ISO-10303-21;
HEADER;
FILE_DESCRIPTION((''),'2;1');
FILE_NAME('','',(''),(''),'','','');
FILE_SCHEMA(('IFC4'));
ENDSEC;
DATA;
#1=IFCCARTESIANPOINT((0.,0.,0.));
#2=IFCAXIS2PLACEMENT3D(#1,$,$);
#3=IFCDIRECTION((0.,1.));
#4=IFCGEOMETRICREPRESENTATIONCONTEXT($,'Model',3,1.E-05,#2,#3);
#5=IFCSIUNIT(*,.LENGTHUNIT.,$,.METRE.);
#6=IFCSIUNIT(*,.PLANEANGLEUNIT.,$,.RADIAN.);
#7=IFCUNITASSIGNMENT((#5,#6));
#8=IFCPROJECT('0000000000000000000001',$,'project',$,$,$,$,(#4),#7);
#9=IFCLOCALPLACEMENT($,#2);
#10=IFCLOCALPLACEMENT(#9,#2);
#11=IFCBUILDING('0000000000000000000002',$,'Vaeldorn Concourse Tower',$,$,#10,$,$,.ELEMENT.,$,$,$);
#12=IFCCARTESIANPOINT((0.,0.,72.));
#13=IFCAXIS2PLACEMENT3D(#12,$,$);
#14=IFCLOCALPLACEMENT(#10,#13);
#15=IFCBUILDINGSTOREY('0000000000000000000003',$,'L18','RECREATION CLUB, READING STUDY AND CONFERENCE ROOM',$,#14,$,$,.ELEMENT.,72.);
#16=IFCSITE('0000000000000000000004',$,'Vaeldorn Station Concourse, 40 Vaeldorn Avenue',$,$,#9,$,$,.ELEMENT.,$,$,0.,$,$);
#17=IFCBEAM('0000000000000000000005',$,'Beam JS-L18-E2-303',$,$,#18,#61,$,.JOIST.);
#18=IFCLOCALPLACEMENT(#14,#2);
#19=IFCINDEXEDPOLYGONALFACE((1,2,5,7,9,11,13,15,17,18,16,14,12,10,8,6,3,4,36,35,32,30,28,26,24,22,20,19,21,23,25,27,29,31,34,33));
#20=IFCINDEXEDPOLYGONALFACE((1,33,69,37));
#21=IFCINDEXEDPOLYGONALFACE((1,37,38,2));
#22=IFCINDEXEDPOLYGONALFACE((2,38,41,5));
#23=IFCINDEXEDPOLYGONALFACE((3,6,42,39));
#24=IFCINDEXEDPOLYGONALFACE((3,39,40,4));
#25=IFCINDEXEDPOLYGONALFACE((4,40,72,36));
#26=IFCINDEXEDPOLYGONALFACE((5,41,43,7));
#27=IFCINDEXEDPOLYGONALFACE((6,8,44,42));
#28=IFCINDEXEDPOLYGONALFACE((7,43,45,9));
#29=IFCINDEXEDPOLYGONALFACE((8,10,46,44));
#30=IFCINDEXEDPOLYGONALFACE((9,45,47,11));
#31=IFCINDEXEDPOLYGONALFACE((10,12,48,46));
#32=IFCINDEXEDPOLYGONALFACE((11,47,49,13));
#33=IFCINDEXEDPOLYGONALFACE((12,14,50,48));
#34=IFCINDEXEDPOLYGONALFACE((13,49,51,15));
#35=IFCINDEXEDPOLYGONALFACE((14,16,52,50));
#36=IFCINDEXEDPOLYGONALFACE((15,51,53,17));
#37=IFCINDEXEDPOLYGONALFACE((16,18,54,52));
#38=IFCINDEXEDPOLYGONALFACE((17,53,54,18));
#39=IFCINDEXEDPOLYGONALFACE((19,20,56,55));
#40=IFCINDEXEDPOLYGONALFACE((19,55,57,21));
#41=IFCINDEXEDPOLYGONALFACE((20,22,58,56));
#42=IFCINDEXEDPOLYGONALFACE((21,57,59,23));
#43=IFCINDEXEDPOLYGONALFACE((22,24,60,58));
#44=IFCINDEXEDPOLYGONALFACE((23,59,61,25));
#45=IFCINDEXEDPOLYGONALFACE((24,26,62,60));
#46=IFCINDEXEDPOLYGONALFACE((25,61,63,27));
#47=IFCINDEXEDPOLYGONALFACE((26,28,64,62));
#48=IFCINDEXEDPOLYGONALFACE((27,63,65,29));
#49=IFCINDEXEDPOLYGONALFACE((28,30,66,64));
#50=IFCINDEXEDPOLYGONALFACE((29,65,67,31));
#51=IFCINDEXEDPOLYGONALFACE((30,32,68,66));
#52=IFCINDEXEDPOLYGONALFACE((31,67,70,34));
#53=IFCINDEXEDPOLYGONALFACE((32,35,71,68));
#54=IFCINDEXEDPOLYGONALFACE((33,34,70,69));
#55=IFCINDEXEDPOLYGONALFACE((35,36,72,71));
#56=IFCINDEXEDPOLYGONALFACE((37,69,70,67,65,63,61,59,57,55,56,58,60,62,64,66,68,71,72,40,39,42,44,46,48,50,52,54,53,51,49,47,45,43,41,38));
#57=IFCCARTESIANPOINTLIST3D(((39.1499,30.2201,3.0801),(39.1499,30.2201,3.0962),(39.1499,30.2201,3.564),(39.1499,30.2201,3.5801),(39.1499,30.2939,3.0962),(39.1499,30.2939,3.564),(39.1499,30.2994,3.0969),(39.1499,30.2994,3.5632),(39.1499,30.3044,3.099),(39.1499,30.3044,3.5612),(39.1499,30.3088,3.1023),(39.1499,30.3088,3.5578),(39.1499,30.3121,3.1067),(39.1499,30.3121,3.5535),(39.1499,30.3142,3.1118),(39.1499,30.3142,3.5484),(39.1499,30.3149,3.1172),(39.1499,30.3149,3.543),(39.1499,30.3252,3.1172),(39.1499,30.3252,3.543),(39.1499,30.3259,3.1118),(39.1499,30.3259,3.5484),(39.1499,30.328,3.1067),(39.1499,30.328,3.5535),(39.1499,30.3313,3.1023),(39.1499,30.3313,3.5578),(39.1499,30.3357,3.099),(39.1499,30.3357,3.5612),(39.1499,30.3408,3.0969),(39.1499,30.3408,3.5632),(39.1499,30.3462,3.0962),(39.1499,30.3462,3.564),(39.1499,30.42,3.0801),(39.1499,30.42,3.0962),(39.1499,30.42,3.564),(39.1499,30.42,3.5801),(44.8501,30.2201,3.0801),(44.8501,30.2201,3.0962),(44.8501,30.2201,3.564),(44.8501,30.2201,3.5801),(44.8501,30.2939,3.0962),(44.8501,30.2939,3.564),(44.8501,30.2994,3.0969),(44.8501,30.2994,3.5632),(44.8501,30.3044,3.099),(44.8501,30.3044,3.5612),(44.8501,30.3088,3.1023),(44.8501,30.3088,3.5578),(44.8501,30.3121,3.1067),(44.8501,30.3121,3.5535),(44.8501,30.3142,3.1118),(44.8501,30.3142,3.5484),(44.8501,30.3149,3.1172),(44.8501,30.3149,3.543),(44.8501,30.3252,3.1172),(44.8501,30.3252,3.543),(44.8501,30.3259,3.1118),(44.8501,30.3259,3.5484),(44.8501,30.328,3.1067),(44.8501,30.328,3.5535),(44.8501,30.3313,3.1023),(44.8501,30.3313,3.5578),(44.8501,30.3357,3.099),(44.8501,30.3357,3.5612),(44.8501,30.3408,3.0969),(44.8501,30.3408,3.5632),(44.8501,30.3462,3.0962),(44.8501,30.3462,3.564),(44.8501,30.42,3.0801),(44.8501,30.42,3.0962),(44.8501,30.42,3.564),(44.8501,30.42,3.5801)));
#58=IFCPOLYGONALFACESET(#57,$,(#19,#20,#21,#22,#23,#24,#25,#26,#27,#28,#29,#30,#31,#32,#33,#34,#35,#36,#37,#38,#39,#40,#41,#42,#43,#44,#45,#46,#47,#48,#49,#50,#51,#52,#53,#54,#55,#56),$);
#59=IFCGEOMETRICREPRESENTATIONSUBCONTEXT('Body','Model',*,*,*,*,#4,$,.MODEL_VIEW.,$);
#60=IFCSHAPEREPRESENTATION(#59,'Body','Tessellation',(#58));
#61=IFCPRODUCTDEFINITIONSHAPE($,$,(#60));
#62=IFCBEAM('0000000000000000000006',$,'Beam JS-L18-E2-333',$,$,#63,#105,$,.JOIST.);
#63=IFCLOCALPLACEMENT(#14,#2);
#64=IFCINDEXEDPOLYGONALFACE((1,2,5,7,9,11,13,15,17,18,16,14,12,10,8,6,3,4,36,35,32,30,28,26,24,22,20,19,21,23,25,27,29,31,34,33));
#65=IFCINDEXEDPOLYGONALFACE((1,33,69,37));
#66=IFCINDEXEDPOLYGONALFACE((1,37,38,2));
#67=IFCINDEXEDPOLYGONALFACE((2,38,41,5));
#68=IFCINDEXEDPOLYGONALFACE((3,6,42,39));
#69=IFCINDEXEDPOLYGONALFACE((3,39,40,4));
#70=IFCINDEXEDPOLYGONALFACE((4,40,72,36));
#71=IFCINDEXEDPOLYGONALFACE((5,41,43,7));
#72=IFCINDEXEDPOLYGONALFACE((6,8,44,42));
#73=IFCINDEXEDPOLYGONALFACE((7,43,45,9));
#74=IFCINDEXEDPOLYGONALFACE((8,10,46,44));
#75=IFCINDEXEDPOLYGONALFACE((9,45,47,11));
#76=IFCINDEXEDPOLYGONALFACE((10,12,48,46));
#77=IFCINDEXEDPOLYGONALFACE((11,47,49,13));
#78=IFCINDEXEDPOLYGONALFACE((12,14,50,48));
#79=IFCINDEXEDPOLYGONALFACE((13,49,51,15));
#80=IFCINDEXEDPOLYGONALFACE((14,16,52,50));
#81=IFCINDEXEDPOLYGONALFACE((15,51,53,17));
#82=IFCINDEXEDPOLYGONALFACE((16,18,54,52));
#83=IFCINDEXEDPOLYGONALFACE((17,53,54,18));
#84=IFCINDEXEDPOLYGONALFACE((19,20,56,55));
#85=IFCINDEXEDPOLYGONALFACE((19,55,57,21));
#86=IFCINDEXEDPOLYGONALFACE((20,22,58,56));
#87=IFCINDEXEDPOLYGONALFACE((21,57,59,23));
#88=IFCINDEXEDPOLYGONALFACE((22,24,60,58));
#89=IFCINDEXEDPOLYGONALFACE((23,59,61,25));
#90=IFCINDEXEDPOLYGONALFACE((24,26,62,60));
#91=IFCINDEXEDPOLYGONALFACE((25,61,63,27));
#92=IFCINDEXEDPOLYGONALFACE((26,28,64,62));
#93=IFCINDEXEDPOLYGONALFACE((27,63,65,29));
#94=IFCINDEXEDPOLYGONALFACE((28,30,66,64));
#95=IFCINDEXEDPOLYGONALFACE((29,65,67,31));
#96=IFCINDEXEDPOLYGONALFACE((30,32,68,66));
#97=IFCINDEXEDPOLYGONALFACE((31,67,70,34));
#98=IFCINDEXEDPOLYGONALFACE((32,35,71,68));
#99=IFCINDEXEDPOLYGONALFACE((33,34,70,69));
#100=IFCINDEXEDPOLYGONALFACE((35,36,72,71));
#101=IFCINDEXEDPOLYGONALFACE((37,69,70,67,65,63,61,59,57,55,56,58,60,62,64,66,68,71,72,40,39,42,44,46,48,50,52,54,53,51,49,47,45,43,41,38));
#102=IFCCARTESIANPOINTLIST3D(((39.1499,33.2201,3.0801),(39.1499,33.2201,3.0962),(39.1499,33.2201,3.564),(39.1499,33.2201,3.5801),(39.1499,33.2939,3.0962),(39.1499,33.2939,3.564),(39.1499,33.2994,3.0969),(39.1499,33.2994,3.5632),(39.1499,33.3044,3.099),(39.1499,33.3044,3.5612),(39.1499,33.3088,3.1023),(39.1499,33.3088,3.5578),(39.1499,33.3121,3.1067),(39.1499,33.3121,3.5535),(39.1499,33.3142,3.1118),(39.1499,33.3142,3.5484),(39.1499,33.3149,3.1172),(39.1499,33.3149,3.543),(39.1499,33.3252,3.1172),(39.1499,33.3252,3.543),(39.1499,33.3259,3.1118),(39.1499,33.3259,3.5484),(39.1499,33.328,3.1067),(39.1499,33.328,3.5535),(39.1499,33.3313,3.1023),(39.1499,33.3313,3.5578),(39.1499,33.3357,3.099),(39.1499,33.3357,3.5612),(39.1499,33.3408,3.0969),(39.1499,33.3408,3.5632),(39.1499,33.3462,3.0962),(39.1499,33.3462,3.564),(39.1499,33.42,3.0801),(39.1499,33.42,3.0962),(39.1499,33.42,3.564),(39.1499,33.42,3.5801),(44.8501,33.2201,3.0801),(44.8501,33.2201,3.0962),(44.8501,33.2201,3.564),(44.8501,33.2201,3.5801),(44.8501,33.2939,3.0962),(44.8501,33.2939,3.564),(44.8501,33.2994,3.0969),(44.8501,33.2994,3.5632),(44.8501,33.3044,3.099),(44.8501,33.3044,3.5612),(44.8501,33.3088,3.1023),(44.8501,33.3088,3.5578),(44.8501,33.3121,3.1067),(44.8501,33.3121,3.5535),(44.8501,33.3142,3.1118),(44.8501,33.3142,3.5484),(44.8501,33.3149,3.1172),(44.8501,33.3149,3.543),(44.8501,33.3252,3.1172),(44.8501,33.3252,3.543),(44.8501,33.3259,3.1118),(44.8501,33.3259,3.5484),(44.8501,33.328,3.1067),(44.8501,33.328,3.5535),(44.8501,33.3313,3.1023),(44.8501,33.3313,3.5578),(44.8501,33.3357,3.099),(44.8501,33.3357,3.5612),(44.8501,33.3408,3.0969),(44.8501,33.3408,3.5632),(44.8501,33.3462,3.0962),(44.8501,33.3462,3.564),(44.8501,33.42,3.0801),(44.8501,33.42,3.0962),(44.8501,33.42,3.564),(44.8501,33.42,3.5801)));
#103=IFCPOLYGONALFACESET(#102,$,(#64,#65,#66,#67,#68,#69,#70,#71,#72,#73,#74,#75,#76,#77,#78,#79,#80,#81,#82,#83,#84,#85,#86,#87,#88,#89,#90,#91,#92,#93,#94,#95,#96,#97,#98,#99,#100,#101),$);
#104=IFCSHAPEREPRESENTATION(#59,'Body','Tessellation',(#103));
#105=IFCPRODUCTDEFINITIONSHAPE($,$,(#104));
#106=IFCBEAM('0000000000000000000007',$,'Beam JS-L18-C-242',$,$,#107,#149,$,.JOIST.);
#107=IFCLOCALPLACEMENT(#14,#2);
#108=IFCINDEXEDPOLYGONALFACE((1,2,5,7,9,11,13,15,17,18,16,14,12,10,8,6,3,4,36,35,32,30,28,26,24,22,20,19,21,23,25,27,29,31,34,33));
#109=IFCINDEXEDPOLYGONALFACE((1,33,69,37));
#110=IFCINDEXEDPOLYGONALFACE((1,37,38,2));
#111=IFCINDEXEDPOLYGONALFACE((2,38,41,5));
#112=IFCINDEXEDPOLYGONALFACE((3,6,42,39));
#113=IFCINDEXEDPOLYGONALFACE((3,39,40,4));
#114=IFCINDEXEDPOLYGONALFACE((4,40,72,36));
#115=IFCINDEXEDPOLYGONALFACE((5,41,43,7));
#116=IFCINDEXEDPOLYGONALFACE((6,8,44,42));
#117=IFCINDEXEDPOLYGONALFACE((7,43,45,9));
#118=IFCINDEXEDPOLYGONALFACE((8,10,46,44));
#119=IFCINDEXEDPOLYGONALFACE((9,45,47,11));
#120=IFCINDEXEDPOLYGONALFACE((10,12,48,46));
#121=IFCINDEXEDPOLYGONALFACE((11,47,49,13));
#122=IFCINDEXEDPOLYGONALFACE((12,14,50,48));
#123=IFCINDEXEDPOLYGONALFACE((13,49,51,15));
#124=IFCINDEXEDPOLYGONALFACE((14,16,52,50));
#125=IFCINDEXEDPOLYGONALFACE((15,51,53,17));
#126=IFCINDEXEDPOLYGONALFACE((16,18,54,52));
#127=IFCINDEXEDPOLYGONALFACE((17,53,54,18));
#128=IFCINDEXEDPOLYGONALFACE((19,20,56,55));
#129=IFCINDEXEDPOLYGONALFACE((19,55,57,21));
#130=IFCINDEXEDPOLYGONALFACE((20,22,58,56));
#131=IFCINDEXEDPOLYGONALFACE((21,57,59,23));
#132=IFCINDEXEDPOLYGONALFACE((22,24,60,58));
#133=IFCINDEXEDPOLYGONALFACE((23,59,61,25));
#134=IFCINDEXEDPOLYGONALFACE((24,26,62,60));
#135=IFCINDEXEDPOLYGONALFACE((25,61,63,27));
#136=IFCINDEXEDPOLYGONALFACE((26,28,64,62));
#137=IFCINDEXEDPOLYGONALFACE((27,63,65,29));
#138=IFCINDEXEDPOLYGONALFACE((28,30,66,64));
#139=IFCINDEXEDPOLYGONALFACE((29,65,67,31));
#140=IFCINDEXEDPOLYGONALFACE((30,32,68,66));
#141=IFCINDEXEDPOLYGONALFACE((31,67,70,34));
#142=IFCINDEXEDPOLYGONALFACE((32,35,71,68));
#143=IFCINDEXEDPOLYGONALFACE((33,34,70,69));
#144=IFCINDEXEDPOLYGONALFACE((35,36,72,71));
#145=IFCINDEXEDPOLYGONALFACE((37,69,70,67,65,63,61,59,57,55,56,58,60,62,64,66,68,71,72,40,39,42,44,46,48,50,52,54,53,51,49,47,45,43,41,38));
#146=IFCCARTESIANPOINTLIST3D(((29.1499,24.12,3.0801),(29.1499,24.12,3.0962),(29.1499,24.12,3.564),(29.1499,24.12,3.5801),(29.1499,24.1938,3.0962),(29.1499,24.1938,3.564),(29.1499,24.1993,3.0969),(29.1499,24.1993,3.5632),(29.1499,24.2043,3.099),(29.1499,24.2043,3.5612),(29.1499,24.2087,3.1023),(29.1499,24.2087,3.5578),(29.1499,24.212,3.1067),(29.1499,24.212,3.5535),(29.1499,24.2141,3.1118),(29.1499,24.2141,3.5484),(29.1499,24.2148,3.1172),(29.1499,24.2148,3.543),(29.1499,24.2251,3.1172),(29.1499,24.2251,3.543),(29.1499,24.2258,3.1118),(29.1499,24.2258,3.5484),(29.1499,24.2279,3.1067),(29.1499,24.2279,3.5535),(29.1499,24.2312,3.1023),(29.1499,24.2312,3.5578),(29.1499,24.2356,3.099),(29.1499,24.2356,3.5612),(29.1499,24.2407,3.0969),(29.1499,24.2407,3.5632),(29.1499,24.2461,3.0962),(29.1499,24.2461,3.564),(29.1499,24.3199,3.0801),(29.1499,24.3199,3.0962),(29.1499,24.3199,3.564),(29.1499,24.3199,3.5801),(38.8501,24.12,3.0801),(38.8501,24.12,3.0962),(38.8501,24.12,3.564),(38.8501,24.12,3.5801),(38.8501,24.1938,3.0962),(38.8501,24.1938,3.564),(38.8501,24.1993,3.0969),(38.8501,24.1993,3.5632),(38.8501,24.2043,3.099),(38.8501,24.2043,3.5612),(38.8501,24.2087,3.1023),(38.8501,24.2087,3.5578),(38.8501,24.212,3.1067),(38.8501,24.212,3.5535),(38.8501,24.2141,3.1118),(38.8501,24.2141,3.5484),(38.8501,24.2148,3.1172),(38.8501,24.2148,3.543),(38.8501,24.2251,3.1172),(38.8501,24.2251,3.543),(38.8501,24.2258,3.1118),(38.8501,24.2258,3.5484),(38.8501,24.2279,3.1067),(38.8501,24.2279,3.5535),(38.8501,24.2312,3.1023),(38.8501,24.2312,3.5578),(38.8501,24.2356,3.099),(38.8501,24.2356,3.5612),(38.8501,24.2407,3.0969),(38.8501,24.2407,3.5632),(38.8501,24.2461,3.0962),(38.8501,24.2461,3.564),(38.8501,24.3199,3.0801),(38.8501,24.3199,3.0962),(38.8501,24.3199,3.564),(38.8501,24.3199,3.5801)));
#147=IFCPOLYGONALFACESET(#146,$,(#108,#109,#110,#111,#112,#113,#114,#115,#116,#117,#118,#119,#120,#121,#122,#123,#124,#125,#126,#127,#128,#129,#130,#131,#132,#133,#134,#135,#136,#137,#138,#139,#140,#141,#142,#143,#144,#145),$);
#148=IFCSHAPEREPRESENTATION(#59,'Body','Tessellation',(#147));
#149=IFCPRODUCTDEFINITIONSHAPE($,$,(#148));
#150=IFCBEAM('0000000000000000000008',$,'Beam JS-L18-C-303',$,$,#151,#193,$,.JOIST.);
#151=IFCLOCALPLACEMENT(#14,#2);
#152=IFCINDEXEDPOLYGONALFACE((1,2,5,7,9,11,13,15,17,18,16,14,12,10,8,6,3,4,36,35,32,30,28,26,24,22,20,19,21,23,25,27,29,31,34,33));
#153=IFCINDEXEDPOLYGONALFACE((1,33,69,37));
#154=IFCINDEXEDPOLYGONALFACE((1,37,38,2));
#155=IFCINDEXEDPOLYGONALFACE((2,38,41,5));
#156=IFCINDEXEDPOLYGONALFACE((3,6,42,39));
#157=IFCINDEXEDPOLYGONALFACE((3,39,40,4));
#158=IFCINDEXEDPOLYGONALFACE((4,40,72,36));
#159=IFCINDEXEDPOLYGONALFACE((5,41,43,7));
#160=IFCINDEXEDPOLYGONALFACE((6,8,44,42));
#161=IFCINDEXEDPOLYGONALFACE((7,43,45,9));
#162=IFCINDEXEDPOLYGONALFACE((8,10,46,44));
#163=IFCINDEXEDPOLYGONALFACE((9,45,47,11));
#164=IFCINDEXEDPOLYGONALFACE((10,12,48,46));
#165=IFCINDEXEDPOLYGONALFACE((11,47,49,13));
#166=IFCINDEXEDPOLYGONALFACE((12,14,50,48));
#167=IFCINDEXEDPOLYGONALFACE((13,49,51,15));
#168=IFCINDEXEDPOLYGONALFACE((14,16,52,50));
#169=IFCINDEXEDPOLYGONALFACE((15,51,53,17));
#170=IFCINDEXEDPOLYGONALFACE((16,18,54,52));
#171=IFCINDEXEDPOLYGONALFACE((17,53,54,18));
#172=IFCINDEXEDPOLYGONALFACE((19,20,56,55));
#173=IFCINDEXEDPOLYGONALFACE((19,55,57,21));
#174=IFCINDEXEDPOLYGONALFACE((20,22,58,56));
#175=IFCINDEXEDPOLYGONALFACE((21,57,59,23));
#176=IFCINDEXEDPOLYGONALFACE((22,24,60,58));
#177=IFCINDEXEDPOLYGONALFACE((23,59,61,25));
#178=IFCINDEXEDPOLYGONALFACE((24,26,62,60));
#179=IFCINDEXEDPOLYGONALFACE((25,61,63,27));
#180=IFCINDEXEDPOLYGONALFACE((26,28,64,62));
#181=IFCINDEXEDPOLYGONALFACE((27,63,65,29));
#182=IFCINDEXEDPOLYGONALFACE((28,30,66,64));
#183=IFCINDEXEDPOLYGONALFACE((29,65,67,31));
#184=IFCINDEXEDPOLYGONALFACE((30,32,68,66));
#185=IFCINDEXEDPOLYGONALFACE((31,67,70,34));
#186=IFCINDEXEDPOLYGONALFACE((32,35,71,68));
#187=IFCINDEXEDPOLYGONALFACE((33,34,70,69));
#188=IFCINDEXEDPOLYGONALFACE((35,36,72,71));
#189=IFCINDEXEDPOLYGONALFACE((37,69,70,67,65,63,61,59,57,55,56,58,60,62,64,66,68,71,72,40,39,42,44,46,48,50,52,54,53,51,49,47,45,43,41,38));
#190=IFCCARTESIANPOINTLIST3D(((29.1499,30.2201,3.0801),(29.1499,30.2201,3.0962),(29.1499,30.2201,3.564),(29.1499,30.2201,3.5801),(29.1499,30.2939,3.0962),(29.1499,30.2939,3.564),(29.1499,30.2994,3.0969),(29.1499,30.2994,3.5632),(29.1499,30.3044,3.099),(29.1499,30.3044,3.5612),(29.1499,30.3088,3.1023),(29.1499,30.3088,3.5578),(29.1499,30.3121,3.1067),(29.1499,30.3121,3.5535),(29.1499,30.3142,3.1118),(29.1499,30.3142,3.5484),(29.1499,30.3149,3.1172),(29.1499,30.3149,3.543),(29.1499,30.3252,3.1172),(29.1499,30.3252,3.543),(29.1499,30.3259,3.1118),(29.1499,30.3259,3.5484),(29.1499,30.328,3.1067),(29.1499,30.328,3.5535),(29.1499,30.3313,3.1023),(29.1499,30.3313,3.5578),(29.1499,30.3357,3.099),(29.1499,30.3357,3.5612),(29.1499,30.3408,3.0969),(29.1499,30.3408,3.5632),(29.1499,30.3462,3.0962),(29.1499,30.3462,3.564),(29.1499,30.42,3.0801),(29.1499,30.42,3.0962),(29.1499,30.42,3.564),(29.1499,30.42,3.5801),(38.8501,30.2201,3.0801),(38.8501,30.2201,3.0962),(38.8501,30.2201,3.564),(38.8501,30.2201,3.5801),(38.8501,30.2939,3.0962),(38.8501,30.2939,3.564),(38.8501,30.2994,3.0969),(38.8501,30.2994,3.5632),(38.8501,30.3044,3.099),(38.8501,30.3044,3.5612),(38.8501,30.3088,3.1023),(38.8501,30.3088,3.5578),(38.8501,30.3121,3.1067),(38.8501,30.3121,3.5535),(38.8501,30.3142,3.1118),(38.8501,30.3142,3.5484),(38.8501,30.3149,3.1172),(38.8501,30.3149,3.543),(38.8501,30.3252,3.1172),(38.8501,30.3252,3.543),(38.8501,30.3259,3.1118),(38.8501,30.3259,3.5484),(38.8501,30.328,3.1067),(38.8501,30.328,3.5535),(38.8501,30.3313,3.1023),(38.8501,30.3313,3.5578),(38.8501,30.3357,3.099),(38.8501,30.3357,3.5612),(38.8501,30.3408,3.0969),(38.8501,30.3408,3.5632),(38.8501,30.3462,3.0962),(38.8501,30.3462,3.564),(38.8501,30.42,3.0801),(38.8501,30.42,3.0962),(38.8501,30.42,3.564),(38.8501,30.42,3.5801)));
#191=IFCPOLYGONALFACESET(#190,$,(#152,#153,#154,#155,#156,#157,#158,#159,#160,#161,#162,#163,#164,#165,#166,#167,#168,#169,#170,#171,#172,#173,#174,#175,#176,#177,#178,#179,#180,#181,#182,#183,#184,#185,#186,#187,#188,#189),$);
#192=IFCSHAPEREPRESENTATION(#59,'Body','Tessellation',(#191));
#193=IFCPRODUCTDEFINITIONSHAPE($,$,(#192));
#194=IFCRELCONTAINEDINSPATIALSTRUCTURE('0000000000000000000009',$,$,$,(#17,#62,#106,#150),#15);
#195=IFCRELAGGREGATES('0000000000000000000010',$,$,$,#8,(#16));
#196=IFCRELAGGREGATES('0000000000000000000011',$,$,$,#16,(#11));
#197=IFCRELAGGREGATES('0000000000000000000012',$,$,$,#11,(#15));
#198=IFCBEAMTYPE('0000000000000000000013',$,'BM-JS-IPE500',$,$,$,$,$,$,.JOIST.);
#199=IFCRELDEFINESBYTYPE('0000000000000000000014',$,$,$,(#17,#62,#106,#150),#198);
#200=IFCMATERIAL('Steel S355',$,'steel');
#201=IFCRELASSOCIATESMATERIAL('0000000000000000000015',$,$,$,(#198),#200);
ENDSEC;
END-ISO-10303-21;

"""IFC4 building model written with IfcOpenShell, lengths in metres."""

from ifc_helpers import new_model, si_unit, direction, frame, origin, origin_2d, place, context, subcontext, project, spatial, i_section, extrude, source, transform, mapped, material, material_profile, profile_set, type_object, element, save


model = new_model("IFC4")

# Units and contexts
model_context = context("Model", 3, precision=1e-05, world=origin(), true_north=direction((0.0, 1.0)))
body_context = subcontext(model_context, "Body", "Model", "MODEL_VIEW")
ifc_project = project(units=[si_unit("LENGTHUNIT", "METRE"), si_unit("PLANEANGLEUNIT", "RADIAN")], contexts=[model_context])

# Site, building, storey
site_placement = place(None, origin())
site = spatial("IfcSite", under=ifc_project, at=site_placement, Name="Vaeldorn Station Concourse, 40 Vaeldorn Avenue", CompositionType="ELEMENT", RefElevation=0.0)
building_placement = place(site_placement, origin())
building = spatial("IfcBuilding", under=site, at=building_placement, Name="Vaeldorn Concourse Tower", CompositionType="ELEMENT")
storey_placement = place(building_placement, frame((0.0, 0.0, 72.0)))
storey = spatial("IfcBuildingStorey", under=building, at=storey_placement, Name="L18", Description="RECREATION CLUB, READING STUDY AND CONFERENCE ROOM", CompositionType="ELEMENT", Elevation=72.0)

# Beams
ifc_material_1 = material(Name="Steel S355", Category="steel")
ifc_material_profile_1 = material_profile(ifc_material_1, i_section(OverallWidth=0.2, OverallDepth=0.5, WebThickness=0.0103, FlangeThickness=0.0161, FilletRadius=0.021, at=origin_2d()), Name="IPE 500")
ifc_profile_set_1 = profile_set([ifc_material_profile_1], Name="Steel S355")
beam_type_1 = type_object("IfcBeamType", Name="BM-JS-IPE500", PredefinedType="JOIST", material=ifc_profile_set_1)
shared_shape_1 = source(origin(), body_context, "Body", "SweptSolid", [
    extrude(i_section(OverallWidth=0.2, OverallDepth=0.5, WebThickness=0.0103, FlangeThickness=0.0161, FilletRadius=0.021, at=origin_2d()), origin(), (0.0, 0.0, 1.0), 5.7002),
])
for number, where, z_axis, x_axis, name in (
    (1, (39.1499, 30.3201, 3.3301), (1.0, 0.0, 0.0), (0.0, 1.0, 0.0), "Beam JS-L18-E2-303"),
    (2, (39.1499, 33.3201, 3.3301), (1.0, 0.0, 0.0), (0.0, 1.0, 0.0), "Beam JS-L18-E2-333"),
):
    element("IfcBeam", number, at=place(storey_placement, frame(where, z_axis=z_axis, x_axis=x_axis)), inside=storey, type_object=beam_type_1, Name=name, PredefinedType="JOIST", context=body_context, shape_type="MappedRepresentation", body=[
        mapped(shared_shape_1, transform((0.0, 0.0, 0.0), scale=1.0)),
    ])
shared_shape_2 = source(origin(), body_context, "Body", "SweptSolid", [
    extrude(i_section(OverallWidth=0.2, OverallDepth=0.5, WebThickness=0.0103, FlangeThickness=0.0161, FilletRadius=0.021, at=origin_2d()), origin(), (0.0, 0.0, 1.0), 9.7002),
])
for number, where, z_axis, x_axis, name in (
    (3, (29.1499, 24.22, 3.3301), (1.0, 0.0, 0.0), (0.0, 1.0, 0.0), "Beam JS-L18-C-242"),
    (4, (29.1499, 30.3201, 3.3301), (1.0, 0.0, 0.0), (0.0, 1.0, 0.0), "Beam JS-L18-C-303"),
):
    element("IfcBeam", number, at=place(storey_placement, frame(where, z_axis=z_axis, x_axis=x_axis)), inside=storey, type_object=beam_type_1, Name=name, PredefinedType="JOIST", context=body_context, shape_type="MappedRepresentation", body=[
        mapped(shared_shape_2, transform((0.0, 0.0, 0.0), scale=1.0)),
    ])

save(model, "model.ifc")
